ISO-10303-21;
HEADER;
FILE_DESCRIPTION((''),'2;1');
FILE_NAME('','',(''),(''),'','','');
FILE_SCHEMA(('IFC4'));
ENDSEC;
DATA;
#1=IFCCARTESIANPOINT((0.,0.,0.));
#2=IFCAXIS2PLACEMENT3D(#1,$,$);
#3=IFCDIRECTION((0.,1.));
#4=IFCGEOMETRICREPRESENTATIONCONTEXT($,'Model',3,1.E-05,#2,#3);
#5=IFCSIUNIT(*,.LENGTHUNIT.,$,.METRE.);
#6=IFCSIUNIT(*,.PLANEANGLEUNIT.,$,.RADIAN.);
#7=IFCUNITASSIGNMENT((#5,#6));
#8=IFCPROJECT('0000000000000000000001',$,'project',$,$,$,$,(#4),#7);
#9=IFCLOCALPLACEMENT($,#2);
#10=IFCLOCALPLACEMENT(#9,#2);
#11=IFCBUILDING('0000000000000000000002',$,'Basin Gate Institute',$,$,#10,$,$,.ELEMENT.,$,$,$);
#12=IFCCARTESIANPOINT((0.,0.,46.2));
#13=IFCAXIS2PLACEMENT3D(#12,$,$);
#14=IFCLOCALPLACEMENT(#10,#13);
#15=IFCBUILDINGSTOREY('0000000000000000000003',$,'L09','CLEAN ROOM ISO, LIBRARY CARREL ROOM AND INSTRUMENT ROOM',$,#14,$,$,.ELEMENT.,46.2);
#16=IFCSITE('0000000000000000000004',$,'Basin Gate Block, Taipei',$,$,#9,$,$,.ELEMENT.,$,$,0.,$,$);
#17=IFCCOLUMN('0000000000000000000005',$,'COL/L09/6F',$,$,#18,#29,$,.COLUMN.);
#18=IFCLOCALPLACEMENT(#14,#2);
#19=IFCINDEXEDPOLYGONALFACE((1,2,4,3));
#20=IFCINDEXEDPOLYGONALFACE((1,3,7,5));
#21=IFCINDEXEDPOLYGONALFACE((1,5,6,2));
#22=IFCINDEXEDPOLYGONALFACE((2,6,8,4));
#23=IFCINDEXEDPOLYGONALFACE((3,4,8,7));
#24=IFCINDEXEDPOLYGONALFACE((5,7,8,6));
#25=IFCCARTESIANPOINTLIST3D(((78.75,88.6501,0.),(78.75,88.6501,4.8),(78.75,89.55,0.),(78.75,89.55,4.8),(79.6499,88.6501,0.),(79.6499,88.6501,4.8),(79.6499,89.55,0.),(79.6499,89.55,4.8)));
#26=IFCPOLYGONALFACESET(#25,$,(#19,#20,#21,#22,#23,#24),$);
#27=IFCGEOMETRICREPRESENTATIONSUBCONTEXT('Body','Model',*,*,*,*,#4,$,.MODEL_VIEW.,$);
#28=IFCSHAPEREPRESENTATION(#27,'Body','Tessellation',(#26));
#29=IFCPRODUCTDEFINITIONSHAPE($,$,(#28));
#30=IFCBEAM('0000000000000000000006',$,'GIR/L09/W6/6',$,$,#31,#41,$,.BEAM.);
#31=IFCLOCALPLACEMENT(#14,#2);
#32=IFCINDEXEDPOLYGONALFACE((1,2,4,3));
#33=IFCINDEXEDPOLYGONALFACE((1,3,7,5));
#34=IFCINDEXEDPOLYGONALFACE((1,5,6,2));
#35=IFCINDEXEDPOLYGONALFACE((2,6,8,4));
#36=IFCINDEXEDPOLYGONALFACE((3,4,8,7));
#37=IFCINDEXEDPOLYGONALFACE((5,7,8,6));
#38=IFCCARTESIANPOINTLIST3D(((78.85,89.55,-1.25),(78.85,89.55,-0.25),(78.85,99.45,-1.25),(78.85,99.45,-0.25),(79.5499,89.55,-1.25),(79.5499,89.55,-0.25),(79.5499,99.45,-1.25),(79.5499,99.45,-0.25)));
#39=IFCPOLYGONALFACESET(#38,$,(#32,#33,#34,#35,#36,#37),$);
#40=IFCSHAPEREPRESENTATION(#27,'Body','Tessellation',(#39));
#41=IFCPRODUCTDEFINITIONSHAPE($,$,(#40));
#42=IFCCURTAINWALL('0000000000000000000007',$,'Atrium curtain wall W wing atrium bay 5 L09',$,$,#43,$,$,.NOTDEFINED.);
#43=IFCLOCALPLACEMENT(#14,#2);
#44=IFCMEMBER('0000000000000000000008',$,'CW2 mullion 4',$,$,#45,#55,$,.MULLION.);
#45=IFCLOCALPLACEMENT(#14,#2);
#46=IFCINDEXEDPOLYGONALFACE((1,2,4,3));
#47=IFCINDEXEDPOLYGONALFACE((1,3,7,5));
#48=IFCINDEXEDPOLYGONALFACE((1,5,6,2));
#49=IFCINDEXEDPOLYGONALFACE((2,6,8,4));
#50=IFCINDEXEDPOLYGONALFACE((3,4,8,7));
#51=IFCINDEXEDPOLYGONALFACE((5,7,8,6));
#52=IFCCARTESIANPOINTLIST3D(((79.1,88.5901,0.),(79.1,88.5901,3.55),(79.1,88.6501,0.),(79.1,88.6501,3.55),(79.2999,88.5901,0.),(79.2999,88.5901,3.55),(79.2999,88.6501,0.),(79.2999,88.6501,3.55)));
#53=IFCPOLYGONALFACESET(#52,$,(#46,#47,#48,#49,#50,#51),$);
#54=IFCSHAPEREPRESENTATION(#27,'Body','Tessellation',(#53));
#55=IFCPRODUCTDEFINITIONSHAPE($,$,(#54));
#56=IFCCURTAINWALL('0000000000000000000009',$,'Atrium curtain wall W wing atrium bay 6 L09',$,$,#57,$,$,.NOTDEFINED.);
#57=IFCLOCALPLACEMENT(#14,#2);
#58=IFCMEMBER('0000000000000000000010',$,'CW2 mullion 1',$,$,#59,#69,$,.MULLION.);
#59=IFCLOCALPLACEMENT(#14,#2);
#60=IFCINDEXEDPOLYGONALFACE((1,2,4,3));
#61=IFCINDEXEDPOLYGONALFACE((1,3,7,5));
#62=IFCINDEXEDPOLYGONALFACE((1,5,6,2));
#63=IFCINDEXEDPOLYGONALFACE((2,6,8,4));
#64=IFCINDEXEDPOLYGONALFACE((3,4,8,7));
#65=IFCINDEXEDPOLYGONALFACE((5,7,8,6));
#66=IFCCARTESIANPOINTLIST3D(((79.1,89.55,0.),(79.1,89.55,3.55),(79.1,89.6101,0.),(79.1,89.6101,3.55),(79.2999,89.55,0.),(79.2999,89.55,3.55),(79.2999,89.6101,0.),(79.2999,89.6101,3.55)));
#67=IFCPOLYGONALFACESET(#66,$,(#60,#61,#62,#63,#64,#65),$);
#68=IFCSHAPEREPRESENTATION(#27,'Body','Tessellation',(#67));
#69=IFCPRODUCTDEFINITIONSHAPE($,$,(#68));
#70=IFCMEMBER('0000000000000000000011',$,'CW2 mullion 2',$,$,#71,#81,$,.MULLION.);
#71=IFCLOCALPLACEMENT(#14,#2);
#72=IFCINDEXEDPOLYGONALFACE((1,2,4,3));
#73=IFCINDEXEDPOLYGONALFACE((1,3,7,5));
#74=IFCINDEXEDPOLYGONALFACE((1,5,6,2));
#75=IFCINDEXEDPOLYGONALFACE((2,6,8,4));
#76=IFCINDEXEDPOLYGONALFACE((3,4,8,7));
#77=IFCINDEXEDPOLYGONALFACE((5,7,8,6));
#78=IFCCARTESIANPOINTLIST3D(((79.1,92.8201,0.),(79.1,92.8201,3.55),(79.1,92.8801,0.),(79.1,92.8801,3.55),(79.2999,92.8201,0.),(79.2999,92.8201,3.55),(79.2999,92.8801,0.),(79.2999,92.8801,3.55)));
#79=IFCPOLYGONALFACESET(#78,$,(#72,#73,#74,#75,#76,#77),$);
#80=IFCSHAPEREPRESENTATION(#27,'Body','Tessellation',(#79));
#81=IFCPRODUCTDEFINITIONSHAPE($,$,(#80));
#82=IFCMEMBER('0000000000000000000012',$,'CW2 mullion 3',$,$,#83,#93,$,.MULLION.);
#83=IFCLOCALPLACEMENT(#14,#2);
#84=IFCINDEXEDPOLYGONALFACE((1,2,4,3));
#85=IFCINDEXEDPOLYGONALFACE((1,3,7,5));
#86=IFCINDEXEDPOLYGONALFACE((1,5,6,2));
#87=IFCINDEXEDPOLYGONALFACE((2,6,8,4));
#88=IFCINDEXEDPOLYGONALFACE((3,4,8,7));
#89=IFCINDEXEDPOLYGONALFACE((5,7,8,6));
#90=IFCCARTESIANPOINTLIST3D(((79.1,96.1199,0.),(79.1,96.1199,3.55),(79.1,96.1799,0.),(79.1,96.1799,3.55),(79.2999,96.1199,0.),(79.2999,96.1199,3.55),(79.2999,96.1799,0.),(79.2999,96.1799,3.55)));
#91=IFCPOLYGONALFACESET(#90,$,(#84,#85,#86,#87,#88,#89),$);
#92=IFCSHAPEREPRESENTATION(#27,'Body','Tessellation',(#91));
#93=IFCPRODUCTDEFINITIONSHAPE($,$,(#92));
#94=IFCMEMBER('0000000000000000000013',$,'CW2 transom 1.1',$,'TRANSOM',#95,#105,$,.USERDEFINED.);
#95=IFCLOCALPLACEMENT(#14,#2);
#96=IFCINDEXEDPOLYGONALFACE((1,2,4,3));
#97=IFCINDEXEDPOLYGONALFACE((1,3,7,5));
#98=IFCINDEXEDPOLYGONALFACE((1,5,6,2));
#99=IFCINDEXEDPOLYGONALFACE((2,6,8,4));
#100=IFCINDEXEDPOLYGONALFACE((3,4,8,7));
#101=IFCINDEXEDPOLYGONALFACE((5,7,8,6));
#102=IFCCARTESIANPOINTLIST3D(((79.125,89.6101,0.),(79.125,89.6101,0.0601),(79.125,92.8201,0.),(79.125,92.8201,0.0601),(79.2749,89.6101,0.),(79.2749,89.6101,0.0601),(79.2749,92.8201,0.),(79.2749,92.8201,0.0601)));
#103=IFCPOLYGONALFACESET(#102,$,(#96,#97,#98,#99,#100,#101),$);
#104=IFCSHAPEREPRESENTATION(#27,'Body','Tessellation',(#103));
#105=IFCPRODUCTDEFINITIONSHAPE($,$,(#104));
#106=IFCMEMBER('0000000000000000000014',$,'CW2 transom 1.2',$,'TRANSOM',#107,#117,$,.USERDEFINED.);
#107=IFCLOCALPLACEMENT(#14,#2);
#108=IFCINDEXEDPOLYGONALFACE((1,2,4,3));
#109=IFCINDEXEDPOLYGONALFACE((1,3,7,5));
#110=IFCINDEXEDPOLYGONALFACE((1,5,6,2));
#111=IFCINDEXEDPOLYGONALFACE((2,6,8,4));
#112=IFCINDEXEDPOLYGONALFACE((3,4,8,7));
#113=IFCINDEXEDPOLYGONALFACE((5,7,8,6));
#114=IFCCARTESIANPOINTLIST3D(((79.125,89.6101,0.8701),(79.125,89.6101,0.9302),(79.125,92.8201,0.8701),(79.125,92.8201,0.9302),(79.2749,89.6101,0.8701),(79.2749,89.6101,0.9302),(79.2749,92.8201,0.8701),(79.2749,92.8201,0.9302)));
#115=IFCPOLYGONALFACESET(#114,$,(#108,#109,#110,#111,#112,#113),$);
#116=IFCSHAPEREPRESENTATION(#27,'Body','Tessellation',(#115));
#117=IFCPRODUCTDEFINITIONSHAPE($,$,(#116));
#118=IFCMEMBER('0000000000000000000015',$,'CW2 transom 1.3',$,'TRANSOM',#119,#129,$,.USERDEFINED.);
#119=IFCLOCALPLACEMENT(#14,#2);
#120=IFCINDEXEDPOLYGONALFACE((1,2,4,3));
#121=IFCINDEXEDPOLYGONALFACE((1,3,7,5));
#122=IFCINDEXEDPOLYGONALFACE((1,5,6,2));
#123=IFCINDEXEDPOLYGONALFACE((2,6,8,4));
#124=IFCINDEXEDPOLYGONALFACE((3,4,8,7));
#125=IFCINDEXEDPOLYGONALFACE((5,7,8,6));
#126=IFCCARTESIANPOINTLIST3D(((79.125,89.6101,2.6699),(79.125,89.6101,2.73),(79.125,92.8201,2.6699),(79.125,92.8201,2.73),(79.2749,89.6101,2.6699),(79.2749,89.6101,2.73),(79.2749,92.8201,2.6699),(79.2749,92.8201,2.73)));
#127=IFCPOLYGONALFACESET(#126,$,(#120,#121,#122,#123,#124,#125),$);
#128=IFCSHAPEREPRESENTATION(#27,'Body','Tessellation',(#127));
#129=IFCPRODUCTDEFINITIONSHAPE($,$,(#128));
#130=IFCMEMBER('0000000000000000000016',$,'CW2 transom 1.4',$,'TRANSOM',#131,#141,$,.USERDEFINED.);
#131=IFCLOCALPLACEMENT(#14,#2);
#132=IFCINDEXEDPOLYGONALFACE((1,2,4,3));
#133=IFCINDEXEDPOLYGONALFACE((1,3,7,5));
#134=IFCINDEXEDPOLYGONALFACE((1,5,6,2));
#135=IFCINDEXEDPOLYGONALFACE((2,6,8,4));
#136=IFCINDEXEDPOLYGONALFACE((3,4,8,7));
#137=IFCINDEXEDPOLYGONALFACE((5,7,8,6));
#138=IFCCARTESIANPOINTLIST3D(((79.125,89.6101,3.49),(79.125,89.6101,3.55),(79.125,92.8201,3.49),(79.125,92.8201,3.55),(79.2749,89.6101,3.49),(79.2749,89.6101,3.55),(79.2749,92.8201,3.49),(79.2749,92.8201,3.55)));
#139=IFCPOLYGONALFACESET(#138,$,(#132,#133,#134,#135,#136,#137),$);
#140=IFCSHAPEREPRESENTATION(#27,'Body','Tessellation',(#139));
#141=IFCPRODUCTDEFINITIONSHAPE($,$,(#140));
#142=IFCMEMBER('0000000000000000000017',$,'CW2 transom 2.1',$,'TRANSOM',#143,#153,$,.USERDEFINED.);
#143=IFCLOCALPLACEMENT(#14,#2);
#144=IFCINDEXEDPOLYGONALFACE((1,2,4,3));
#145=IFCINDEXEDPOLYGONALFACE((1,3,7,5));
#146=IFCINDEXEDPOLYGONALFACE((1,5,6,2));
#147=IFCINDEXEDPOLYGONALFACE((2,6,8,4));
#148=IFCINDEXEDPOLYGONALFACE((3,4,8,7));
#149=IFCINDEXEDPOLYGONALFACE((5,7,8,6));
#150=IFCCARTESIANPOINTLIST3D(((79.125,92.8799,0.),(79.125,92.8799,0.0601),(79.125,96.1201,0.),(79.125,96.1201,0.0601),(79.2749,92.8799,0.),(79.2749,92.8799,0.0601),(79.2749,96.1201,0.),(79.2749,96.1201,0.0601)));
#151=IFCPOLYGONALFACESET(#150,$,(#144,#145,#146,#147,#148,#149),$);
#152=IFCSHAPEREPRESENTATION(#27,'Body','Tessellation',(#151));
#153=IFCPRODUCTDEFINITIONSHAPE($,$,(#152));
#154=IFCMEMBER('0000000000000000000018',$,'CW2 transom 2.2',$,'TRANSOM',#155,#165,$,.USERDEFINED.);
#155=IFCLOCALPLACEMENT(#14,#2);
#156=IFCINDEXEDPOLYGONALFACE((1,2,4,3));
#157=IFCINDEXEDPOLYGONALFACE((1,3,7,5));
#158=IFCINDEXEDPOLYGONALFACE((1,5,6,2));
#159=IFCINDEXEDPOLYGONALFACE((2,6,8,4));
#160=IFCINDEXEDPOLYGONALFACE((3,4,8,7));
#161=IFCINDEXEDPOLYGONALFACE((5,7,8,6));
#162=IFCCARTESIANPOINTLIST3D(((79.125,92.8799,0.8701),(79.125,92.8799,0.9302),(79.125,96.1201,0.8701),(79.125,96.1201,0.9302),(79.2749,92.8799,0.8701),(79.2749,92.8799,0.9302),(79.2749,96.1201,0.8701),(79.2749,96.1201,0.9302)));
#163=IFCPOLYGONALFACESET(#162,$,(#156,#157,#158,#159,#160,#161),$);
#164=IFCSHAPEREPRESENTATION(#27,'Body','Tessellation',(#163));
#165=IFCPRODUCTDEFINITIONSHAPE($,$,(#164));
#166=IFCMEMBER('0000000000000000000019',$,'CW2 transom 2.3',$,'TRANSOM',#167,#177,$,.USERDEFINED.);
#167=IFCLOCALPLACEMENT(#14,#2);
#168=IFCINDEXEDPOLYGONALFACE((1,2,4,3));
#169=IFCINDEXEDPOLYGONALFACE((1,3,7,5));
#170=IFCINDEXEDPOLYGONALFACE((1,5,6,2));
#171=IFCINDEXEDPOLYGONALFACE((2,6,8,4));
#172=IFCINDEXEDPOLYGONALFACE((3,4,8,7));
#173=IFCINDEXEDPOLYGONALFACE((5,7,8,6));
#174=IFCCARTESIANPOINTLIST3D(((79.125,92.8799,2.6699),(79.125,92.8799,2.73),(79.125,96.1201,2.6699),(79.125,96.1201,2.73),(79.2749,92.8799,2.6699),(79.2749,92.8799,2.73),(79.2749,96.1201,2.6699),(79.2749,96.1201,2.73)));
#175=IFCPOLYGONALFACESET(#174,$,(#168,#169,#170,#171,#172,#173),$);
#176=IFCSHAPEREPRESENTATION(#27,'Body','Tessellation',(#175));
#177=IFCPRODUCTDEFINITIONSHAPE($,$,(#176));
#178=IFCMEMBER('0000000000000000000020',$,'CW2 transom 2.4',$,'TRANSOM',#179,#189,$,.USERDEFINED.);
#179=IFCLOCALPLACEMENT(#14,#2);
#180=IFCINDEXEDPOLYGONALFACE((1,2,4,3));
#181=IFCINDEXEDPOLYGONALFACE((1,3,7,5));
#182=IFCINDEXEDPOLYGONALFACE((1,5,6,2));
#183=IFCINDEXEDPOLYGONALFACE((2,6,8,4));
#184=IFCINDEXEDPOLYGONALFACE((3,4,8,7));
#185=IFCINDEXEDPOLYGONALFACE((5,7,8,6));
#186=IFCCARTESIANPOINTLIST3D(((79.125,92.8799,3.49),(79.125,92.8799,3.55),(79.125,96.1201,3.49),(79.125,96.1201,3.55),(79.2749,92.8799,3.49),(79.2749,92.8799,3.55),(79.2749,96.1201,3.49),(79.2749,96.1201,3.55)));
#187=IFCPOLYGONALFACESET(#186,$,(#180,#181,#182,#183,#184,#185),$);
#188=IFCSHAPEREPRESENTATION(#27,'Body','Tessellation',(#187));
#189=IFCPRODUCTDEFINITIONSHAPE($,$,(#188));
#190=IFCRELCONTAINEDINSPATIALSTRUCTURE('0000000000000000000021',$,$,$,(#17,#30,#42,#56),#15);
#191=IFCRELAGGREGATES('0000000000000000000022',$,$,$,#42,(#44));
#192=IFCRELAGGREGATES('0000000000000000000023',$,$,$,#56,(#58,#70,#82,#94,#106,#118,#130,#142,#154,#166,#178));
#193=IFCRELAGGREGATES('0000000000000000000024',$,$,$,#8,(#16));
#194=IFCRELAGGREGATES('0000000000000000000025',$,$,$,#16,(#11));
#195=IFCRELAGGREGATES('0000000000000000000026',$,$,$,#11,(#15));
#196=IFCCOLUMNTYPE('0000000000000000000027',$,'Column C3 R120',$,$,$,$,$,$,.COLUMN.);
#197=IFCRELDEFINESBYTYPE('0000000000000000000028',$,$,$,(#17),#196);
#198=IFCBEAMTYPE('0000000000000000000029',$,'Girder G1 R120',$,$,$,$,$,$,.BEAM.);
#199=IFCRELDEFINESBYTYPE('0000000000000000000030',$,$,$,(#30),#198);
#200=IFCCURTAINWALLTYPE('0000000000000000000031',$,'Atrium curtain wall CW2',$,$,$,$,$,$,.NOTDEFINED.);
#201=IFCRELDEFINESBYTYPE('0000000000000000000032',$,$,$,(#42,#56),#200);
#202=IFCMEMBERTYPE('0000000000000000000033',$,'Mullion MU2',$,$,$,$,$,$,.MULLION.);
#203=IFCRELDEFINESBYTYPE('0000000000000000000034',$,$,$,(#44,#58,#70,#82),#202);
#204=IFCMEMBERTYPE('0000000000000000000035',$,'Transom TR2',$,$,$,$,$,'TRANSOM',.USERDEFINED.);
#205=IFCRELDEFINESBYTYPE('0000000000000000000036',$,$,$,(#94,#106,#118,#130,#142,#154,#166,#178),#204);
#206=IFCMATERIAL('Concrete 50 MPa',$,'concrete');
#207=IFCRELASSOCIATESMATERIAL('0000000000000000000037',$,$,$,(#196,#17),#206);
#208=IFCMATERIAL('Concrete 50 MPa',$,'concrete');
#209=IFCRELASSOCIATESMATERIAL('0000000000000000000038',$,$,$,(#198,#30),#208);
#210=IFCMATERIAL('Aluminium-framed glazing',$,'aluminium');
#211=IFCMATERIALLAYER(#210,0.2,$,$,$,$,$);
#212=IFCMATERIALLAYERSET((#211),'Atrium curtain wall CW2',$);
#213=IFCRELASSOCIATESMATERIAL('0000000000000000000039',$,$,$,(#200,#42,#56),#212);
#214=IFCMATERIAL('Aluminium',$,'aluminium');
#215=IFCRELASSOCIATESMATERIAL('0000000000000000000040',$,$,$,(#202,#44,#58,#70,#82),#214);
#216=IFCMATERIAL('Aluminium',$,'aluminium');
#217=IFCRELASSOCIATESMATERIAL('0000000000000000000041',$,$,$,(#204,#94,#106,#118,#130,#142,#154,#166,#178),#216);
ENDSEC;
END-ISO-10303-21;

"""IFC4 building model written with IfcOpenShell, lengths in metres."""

from ifc_helpers import new_model, si_unit, direction, frame, origin, origin_2d, place, context, subcontext, project, spatial, rectangle, extrude, material, layer, layer_set, material_profile, profile_set, type_object, element, aggregate, save


model = new_model("IFC4")

# Units and contexts
model_context = context("Model", 3, precision=1e-05, world=origin(), true_north=direction((0.0, 1.0)))
body_context = subcontext(model_context, "Body", "Model", "MODEL_VIEW")
ifc_project = project(units=[si_unit("LENGTHUNIT", "METRE"), si_unit("PLANEANGLEUNIT", "RADIAN")], contexts=[model_context])

# Site, building, storey
site_placement = place(None, origin())
site = spatial("IfcSite", under=ifc_project, at=site_placement, Name="Basin Gate Block, Taipei", CompositionType="ELEMENT", RefElevation=0.0)
building_placement = place(site_placement, origin())
building = spatial("IfcBuilding", under=site, at=building_placement, Name="Basin Gate Institute", CompositionType="ELEMENT")
storey_placement = place(building_placement, frame((0.0, 0.0, 46.2)))
storey = spatial("IfcBuildingStorey", under=building, at=storey_placement, Name="L09", Description="CLEAN ROOM ISO, LIBRARY CARREL ROOM AND INSTRUMENT ROOM", CompositionType="ELEMENT", Elevation=46.2)

# Column
ifc_material_1 = material(Name="Concrete 50 MPa", Category="concrete")
ifc_material_profile_1 = material_profile(ifc_material_1, rectangle(XDim=0.8999, YDim=0.8999, at=origin_2d()), Name="Column C3 900 x 900")
ifc_profile_set_1 = profile_set([ifc_material_profile_1], Name="Concrete 50 MPa")
column_type = type_object("IfcColumnType", Name="Column C3 R120", PredefinedType="COLUMN", material=ifc_profile_set_1)
column_placement = place(storey_placement, frame((79.2, 89.1001, 0.0), z_axis=(0.0, 0.0, 1.0), x_axis=(1.0, 0.0, 0.0)))
element("IfcColumn", 1, at=column_placement, inside=storey, type_object=column_type, material=ifc_profile_set_1, Name="COL/L09/6F", PredefinedType="COLUMN", context=body_context, shape_type="SweptSolid", body=[
    extrude(rectangle(XDim=0.8999, YDim=0.8999, at=origin_2d()), origin(), (0.0, 0.0, 1.0), 4.8),
])

# Beam
ifc_material_2 = material(Name="Concrete 50 MPa", Category="concrete")
ifc_material_profile_2 = material_profile(ifc_material_2, rectangle(XDim=0.7, YDim=1.0, at=origin_2d()), Name="Girder G1 700 x 1000")
ifc_profile_set_2 = profile_set([ifc_material_profile_2], Name="Concrete 50 MPa")
beam_type = type_object("IfcBeamType", Name="Girder G1 R120", PredefinedType="BEAM", material=ifc_profile_set_2)
beam_placement = place(storey_placement, frame((79.2, 89.55, -0.75), z_axis=(0.0, 1.0, 0.0), x_axis=(-1.0, 0.0, 0.0)))
element("IfcBeam", 2, at=beam_placement, inside=storey, type_object=beam_type, material=ifc_profile_set_2, Name="GIR/L09/W6/6", PredefinedType="BEAM", context=body_context, shape_type="SweptSolid", body=[
    extrude(rectangle(XDim=0.7, YDim=1.0, at=origin_2d()), origin(), (0.0, 0.0, 1.0), 9.8999),
])

# Curtain wall, member
ifc_material_3 = material(Name="Aluminium-framed glazing", Category="aluminium")
ifc_layer_1 = layer(ifc_material_3, 0.2)
ifc_layer_set_1 = layer_set([ifc_layer_1], Name="Atrium curtain wall CW2")
curtain_wall_type = type_object("IfcCurtainWallType", Name="Atrium curtain wall CW2", PredefinedType="NOTDEFINED", material=ifc_layer_set_1)
curtain_wall_1_placement = place(storey_placement, origin())
curtain_wall_1 = element("IfcCurtainWall", 3, at=curtain_wall_1_placement, inside=storey, type_object=curtain_wall_type, material=ifc_layer_set_1, Name="Atrium curtain wall W wing atrium bay 5 L09", PredefinedType="NOTDEFINED")
ifc_material_4 = material(Name="Aluminium", Category="aluminium")
ifc_material_profile_3 = material_profile(ifc_material_4, rectangle(XDim=0.2, YDim=0.0601, at=origin_2d()), Name="Mullion MU2 200 x 60")
ifc_profile_set_3 = profile_set([ifc_material_profile_3], Name="Aluminium")
member_type_1 = type_object("IfcMemberType", Name="Mullion MU2", PredefinedType="MULLION", material=ifc_profile_set_3)
member_1_placement = place(storey_placement, frame((79.2, 88.6201, 0.0), z_axis=(0.0, 0.0, 1.0), x_axis=(-1.0, 0.0, 0.0)))
member_1 = element("IfcMember", 4, at=member_1_placement, type_object=member_type_1, material=ifc_profile_set_3, Name="CW2 mullion 4", PredefinedType="MULLION", context=body_context, shape_type="SweptSolid", body=[
    extrude(rectangle(XDim=0.2, YDim=0.0601, at=origin_2d()), origin(), (0.0, 0.0, 1.0), 3.55),
])

# Curtain wall, members
curtain_wall_2_placement = place(storey_placement, origin())
curtain_wall_2 = element("IfcCurtainWall", 5, at=curtain_wall_2_placement, inside=storey, type_object=curtain_wall_type, material=ifc_layer_set_1, Name="Atrium curtain wall W wing atrium bay 6 L09", PredefinedType="NOTDEFINED")
member_2_placement = place(storey_placement, frame((79.2, 89.5801, 0.0), z_axis=(0.0, 0.0, 1.0), x_axis=(-1.0, 0.0, 0.0)))
member_2 = element("IfcMember", 6, at=member_2_placement, type_object=member_type_1, material=ifc_profile_set_3, Name="CW2 mullion 1", PredefinedType="MULLION", context=body_context, shape_type="SweptSolid", body=[
    extrude(rectangle(XDim=0.2, YDim=0.0601, at=origin_2d()), origin(), (0.0, 0.0, 1.0), 3.55),
])
member_3_placement = place(storey_placement, frame((79.2, 92.8501, 0.0), z_axis=(0.0, 0.0, 1.0), x_axis=(-1.0, 0.0, 0.0)))
member_3 = element("IfcMember", 7, at=member_3_placement, type_object=member_type_1, material=ifc_profile_set_3, Name="CW2 mullion 2", PredefinedType="MULLION", context=body_context, shape_type="SweptSolid", body=[
    extrude(rectangle(XDim=0.2, YDim=0.0601, at=origin_2d()), origin(), (0.0, 0.0, 1.0), 3.55),
])
member_4_placement = place(storey_placement, frame((79.2, 96.1499, 0.0), z_axis=(0.0, 0.0, 1.0), x_axis=(-1.0, 0.0, 0.0)))
member_4 = element("IfcMember", 8, at=member_4_placement, type_object=member_type_1, material=ifc_profile_set_3, Name="CW2 mullion 3", PredefinedType="MULLION", context=body_context, shape_type="SweptSolid", body=[
    extrude(rectangle(XDim=0.2, YDim=0.0601, at=origin_2d()), origin(), (0.0, 0.0, 1.0), 3.55),
])
ifc_material_5 = material(Name="Aluminium", Category="aluminium")
ifc_material_profile_4 = material_profile(ifc_material_5, rectangle(XDim=0.1499, YDim=0.0601, at=origin_2d()), Name="Transom TR2 150 x 60")
ifc_profile_set_4 = profile_set([ifc_material_profile_4], Name="Aluminium")
member_type_2 = type_object("IfcMemberType", Name="Transom TR2", ElementType="TRANSOM", PredefinedType="USERDEFINED", material=ifc_profile_set_4)
member_5_placement = place(storey_placement, frame((79.2, 89.6101, 0.03), z_axis=(0.0, 1.0, 0.0), x_axis=(-1.0, 0.0, 0.0)))
member_5 = element("IfcMember", 9, at=member_5_placement, type_object=member_type_2, material=ifc_profile_set_4, Name="CW2 transom 1.1", ObjectType="TRANSOM", PredefinedType="USERDEFINED", context=body_context, shape_type="SweptSolid", body=[
    extrude(rectangle(XDim=0.1499, YDim=0.0601, at=origin_2d()), origin(), (0.0, 0.0, 1.0), 3.21),
])
member_6_placement = place(storey_placement, frame((79.2, 89.6101, 0.9001), z_axis=(0.0, 1.0, 0.0), x_axis=(-1.0, 0.0, 0.0)))
member_6 = element("IfcMember", 10, at=member_6_placement, type_object=member_type_2, material=ifc_profile_set_4, Name="CW2 transom 1.2", ObjectType="TRANSOM", PredefinedType="USERDEFINED", context=body_context, shape_type="SweptSolid", body=[
    extrude(rectangle(XDim=0.1499, YDim=0.0601, at=origin_2d()), origin(), (0.0, 0.0, 1.0), 3.21),
])
member_7_placement = place(storey_placement, frame((79.2, 89.6101, 2.7), z_axis=(0.0, 1.0, 0.0), x_axis=(-1.0, 0.0, 0.0)))
member_7 = element("IfcMember", 11, at=member_7_placement, type_object=member_type_2, material=ifc_profile_set_4, Name="CW2 transom 1.3", ObjectType="TRANSOM", PredefinedType="USERDEFINED", context=body_context, shape_type="SweptSolid", body=[
    extrude(rectangle(XDim=0.1499, YDim=0.0601, at=origin_2d()), origin(), (0.0, 0.0, 1.0), 3.21),
])
member_8_placement = place(storey_placement, frame((79.2, 89.6101, 3.52), z_axis=(0.0, 1.0, 0.0), x_axis=(-1.0, 0.0, 0.0)))
member_8 = element("IfcMember", 12, at=member_8_placement, type_object=member_type_2, material=ifc_profile_set_4, Name="CW2 transom 1.4", ObjectType="TRANSOM", PredefinedType="USERDEFINED", context=body_context, shape_type="SweptSolid", body=[
    extrude(rectangle(XDim=0.1499, YDim=0.0601, at=origin_2d()), origin(), (0.0, 0.0, 1.0), 3.21),
])
member_9_placement = place(storey_placement, frame((79.2, 92.8799, 0.03), z_axis=(0.0, 1.0, 0.0), x_axis=(-1.0, 0.0, 0.0)))
member_9 = element("IfcMember", 13, at=member_9_placement, type_object=member_type_2, material=ifc_profile_set_4, Name="CW2 transom 2.1", ObjectType="TRANSOM", PredefinedType="USERDEFINED", context=body_context, shape_type="SweptSolid", body=[
    extrude(rectangle(XDim=0.1499, YDim=0.0601, at=origin_2d()), origin(), (0.0, 0.0, 1.0), 3.2402),
])
member_10_placement = place(storey_placement, frame((79.2, 92.8799, 0.9001), z_axis=(0.0, 1.0, 0.0), x_axis=(-1.0, 0.0, 0.0)))
member_10 = element("IfcMember", 14, at=member_10_placement, type_object=member_type_2, material=ifc_profile_set_4, Name="CW2 transom 2.2", ObjectType="TRANSOM", PredefinedType="USERDEFINED", context=body_context, shape_type="SweptSolid", body=[
    extrude(rectangle(XDim=0.1499, YDim=0.0601, at=origin_2d()), origin(), (0.0, 0.0, 1.0), 3.2402),
])
member_11_placement = place(storey_placement, frame((79.2, 92.8799, 2.7), z_axis=(0.0, 1.0, 0.0), x_axis=(-1.0, 0.0, 0.0)))
member_11 = element("IfcMember", 15, at=member_11_placement, type_object=member_type_2, material=ifc_profile_set_4, Name="CW2 transom 2.3", ObjectType="TRANSOM", PredefinedType="USERDEFINED", context=body_context, shape_type="SweptSolid", body=[
    extrude(rectangle(XDim=0.1499, YDim=0.0601, at=origin_2d()), origin(), (0.0, 0.0, 1.0), 3.2402),
])
member_12_placement = place(storey_placement, frame((79.2, 92.8799, 3.52), z_axis=(0.0, 1.0, 0.0), x_axis=(-1.0, 0.0, 0.0)))
member_12 = element("IfcMember", 16, at=member_12_placement, type_object=member_type_2, material=ifc_profile_set_4, Name="CW2 transom 2.4", ObjectType="TRANSOM", PredefinedType="USERDEFINED", context=body_context, shape_type="SweptSolid", body=[
    extrude(rectangle(XDim=0.1499, YDim=0.0601, at=origin_2d()), origin(), (0.0, 0.0, 1.0), 3.2402),
])

aggregate(curtain_wall_1, [member_1])
aggregate(curtain_wall_2, [member_2, member_3, member_4, member_5, member_6, member_7, member_8, member_9, member_10, member_11, member_12])

save(model, "model.ifc")
